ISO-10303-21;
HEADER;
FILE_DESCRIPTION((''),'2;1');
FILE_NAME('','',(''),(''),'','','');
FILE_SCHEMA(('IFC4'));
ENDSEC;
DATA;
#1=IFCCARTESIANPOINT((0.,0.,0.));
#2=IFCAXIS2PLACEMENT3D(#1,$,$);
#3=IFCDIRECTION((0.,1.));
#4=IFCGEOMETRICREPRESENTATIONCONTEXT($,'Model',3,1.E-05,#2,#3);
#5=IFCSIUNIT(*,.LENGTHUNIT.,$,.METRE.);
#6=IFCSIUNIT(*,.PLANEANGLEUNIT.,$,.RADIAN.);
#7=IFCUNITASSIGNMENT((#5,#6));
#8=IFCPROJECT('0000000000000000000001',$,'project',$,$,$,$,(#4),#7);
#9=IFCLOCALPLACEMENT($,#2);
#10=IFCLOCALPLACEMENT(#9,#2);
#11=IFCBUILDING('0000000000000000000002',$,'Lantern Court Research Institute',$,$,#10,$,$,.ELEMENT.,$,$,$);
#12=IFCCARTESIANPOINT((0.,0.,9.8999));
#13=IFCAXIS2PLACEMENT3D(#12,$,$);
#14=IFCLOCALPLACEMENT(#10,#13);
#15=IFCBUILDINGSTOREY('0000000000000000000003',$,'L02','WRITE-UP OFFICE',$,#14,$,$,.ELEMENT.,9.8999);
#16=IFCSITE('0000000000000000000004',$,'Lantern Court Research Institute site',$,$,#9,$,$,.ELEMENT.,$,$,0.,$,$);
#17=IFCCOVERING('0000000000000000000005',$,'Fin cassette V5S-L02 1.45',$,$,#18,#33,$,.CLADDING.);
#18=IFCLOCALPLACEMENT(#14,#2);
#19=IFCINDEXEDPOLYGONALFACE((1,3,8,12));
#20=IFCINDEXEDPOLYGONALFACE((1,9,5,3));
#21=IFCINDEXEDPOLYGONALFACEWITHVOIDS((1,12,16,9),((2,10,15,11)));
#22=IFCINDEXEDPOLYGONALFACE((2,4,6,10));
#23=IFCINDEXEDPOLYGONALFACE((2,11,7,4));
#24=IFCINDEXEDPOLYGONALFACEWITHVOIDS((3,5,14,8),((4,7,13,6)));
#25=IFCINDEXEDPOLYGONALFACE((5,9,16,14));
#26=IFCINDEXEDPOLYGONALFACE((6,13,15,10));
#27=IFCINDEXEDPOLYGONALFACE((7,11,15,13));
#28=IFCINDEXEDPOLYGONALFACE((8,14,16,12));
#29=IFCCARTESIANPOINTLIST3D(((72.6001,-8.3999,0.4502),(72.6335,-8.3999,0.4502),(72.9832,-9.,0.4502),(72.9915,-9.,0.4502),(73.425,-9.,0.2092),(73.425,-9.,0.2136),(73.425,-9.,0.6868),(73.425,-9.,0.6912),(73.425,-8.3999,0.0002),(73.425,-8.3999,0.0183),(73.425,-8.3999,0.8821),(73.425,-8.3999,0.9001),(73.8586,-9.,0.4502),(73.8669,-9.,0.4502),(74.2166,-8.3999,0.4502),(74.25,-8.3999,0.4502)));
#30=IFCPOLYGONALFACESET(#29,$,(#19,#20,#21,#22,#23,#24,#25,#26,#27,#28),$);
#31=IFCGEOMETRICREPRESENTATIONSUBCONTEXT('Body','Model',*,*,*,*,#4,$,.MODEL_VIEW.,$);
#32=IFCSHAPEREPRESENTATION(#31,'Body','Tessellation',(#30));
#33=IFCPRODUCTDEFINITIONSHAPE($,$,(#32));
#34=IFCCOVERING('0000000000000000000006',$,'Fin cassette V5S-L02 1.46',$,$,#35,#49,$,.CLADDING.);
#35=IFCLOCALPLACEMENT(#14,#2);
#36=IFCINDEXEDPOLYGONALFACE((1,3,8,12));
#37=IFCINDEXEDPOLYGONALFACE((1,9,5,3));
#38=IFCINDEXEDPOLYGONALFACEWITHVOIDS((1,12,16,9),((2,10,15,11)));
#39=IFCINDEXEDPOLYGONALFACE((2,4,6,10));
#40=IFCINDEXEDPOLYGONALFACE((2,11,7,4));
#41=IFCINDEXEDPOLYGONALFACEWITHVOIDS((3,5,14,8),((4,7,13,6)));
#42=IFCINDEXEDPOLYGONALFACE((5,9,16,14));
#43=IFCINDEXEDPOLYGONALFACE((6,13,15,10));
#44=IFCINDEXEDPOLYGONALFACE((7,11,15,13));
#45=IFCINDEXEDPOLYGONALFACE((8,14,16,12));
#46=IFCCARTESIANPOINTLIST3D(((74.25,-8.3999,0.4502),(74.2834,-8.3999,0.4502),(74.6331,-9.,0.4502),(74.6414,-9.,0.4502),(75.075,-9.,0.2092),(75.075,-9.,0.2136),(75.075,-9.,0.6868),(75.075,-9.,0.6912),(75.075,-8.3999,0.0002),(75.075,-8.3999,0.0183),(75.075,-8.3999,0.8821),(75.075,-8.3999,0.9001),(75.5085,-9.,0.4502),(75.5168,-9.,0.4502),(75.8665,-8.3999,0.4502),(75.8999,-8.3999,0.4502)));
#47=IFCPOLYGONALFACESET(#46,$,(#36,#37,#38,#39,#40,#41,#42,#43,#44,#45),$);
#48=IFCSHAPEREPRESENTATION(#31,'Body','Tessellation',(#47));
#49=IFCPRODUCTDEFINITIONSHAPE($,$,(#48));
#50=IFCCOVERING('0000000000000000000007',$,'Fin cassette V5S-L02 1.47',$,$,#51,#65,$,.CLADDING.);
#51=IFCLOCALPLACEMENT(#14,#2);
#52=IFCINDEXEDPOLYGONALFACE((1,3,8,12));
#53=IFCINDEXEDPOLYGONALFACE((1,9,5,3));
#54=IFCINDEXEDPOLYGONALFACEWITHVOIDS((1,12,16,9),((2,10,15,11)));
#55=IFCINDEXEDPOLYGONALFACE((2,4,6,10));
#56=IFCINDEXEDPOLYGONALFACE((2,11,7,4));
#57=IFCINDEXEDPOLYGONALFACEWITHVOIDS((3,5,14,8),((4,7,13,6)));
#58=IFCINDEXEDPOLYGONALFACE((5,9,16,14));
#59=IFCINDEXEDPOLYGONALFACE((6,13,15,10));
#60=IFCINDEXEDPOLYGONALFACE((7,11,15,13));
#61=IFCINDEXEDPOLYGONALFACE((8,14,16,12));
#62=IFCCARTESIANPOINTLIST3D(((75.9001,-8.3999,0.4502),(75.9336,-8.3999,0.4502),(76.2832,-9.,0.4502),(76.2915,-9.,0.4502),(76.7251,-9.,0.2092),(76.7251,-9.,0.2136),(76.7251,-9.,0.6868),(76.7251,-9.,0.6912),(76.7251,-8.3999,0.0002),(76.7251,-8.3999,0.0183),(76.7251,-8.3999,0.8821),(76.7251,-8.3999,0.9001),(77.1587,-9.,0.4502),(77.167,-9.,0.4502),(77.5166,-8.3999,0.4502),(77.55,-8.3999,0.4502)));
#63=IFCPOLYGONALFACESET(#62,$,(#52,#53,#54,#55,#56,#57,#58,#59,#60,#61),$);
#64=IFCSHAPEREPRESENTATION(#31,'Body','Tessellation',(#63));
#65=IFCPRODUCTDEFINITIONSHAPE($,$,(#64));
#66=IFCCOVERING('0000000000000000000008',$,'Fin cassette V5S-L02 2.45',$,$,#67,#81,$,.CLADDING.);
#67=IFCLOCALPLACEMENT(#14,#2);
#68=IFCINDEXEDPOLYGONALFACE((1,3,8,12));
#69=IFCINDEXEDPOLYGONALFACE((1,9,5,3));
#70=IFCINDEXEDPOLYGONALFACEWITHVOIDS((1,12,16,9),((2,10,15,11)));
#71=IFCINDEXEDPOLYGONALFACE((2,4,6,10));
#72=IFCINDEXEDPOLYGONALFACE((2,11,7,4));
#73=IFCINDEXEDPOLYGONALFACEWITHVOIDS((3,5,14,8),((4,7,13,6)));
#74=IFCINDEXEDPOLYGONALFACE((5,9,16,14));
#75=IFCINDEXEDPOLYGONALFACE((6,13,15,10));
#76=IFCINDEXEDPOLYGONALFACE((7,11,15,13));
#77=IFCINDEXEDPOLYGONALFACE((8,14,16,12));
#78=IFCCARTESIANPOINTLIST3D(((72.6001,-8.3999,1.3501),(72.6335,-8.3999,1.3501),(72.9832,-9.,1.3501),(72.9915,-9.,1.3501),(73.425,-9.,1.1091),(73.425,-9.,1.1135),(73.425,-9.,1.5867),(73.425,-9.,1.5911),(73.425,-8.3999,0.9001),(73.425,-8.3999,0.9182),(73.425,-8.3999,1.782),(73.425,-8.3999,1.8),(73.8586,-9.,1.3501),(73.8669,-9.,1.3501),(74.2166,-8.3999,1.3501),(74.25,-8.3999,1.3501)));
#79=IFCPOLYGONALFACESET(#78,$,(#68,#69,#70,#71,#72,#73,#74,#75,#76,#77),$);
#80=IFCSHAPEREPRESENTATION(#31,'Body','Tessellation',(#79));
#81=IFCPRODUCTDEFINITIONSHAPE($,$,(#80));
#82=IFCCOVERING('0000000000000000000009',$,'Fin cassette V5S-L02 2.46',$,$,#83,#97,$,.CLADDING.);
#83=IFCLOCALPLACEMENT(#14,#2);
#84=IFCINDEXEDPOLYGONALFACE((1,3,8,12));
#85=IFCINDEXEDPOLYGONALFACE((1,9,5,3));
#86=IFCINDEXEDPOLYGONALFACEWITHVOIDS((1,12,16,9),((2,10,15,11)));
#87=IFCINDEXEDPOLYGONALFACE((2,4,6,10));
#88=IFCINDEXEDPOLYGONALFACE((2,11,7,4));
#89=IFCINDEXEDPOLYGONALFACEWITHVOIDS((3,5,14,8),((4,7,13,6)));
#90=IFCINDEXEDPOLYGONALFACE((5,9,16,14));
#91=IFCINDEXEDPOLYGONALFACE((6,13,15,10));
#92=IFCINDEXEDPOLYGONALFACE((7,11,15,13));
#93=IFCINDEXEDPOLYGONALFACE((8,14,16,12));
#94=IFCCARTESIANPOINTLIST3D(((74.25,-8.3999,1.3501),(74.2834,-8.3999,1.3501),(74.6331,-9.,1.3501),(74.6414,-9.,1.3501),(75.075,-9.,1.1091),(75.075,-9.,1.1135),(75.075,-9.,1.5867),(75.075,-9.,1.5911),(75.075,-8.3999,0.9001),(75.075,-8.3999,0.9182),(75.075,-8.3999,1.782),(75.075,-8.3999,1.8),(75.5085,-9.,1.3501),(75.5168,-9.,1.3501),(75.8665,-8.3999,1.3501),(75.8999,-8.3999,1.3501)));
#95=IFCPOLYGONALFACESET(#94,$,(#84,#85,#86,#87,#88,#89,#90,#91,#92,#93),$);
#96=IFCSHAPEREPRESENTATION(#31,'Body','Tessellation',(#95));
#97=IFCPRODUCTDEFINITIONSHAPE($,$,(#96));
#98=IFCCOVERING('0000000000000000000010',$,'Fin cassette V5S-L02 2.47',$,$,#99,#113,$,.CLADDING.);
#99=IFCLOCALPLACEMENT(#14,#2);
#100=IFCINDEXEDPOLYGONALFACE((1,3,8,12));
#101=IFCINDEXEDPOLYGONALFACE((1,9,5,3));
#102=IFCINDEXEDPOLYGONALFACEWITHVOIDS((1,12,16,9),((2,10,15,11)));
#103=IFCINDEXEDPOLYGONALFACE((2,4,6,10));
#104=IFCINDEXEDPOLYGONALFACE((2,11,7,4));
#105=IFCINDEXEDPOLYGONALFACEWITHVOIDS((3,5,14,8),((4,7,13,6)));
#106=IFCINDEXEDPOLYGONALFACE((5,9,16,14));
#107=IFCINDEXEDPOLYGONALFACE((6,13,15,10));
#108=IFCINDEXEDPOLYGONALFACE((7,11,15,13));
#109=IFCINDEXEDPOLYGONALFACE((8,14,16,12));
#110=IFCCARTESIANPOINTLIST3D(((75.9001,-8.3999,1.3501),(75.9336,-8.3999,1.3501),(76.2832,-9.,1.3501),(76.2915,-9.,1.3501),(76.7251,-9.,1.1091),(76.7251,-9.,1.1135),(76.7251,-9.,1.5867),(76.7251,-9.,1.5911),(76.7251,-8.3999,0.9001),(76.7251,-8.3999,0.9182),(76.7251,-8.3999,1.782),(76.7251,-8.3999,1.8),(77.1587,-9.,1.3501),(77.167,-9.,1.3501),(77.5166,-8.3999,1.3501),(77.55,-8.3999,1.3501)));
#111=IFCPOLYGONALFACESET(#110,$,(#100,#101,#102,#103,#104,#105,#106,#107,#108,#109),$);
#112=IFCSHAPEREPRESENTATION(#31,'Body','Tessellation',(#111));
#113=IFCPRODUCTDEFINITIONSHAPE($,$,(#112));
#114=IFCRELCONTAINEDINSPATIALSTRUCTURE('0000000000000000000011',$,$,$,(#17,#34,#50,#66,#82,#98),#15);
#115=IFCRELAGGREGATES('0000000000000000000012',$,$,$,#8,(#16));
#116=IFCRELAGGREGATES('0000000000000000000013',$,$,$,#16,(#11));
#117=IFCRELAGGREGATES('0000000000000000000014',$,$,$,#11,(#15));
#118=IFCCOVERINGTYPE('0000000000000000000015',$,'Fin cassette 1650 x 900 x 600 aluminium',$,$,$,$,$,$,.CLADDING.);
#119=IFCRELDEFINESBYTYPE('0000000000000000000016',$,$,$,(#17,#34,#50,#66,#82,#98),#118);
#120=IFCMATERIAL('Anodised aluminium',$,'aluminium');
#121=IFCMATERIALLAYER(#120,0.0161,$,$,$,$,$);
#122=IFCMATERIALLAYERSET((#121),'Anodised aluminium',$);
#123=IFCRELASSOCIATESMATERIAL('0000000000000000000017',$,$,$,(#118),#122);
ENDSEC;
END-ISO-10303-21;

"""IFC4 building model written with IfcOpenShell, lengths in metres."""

from ifc_helpers import new_model, entity, si_unit, direction, frame, origin, place, context, subcontext, project, spatial, material, layer, layer_set, type_object, element, save


model = new_model("IFC4")

# Units and contexts
model_context = context("Model", 3, precision=1e-05, world=origin(), true_north=direction((0.0, 1.0)))
body_context = subcontext(model_context, "Body", "Model", "MODEL_VIEW")
ifc_project = project(units=[si_unit("LENGTHUNIT", "METRE"), si_unit("PLANEANGLEUNIT", "RADIAN")], contexts=[model_context])

# Site, building, storey
site_placement = place(None, origin())
site = spatial("IfcSite", under=ifc_project, at=site_placement, Name="Lantern Court Research Institute site", CompositionType="ELEMENT", RefElevation=0.0)
building_placement = place(site_placement, origin())
building = spatial("IfcBuilding", under=site, at=building_placement, Name="Lantern Court Research Institute", CompositionType="ELEMENT")
storey_placement = place(building_placement, frame((0.0, 0.0, 9.8999)))
storey = spatial("IfcBuildingStorey", under=building, at=storey_placement, Name="L02", Description="WRITE-UP OFFICE", CompositionType="ELEMENT", Elevation=9.8999)

# Coverings
ifc_material_1 = material(Name="Anodised aluminium", Category="aluminium")
ifc_layer_1 = layer(ifc_material_1, 0.0161)
ifc_layer_set_1 = layer_set([ifc_layer_1], Name="Anodised aluminium")
covering_type = type_object("IfcCoveringType", Name="Fin cassette 1650 x 900 x 600 aluminium", PredefinedType="CLADDING", material=ifc_layer_set_1)
covering_1_placement = place(storey_placement, frame((73.425, -8.3999, 0.4502), z_axis=(0.0, -1.0, 0.0), x_axis=(1.0, 0.0, 0.0)))
cartesian_point_1 = entity("IfcCartesianPoint", [0.825, 0.0])
cartesian_point_2 = entity("IfcCartesianPoint", [0.7915, 0.0])
cartesian_point_3 = entity("IfcCartesianPoint", [0.4419, 0.0])
cartesian_point_4 = entity("IfcCartesianPoint", [0.4336, 0.0])
element("IfcCovering", 1, at=covering_1_placement, inside=storey, type_object=covering_type, Name="Fin cassette V5S-L02 1.45", PredefinedType="CLADDING", context=body_context, shape_type="SweptSolid", body=[
    entity("IfcExtrudedAreaSolidTapered", entity("IfcArbitraryProfileDefWithVoids", "AREA", None, entity("IfcPolyline", [cartesian_point_1, entity("IfcCartesianPoint", [0.0, 0.45]), entity("IfcCartesianPoint", [-0.825, 0.0]), entity("IfcCartesianPoint", [0.0, -0.45]), cartesian_point_1]), [entity("IfcPolyline", [cartesian_point_2, entity("IfcCartesianPoint", [0.0, 0.4319]), entity("IfcCartesianPoint", [-0.7915, 0.0]), entity("IfcCartesianPoint", [0.0, -0.4319]), cartesian_point_2])]), entity("IfcAxis2Placement3D", entity("IfcCartesianPoint", [0.0, 0.0, 0.0])), entity("IfcDirection", [0.0, 0.0, 1.0]), 0.6001, entity("IfcArbitraryProfileDefWithVoids", "AREA", None, entity("IfcPolyline", [cartesian_point_3, entity("IfcCartesianPoint", [0.0, 0.241]), entity("IfcCartesianPoint", [-0.4419, 0.0]), entity("IfcCartesianPoint", [0.0, -0.241]), cartesian_point_3]), [entity("IfcPolyline", [cartesian_point_4, entity("IfcCartesianPoint", [0.0, 0.2366]), entity("IfcCartesianPoint", [-0.4336, 0.0]), entity("IfcCartesianPoint", [0.0, -0.2366]), cartesian_point_4])])),
])
covering_2_placement = place(storey_placement, frame((75.075, -8.3999, 0.4502), z_axis=(0.0, -1.0, 0.0), x_axis=(1.0, 0.0, 0.0)))
cartesian_point_5 = entity("IfcCartesianPoint", [0.825, 0.0])
cartesian_point_6 = entity("IfcCartesianPoint", [0.7915, 0.0])
cartesian_point_7 = entity("IfcCartesianPoint", [0.4419, 0.0])
cartesian_point_8 = entity("IfcCartesianPoint", [0.4336, 0.0])
element("IfcCovering", 2, at=covering_2_placement, inside=storey, type_object=covering_type, Name="Fin cassette V5S-L02 1.46", PredefinedType="CLADDING", context=body_context, shape_type="SweptSolid", body=[
    entity("IfcExtrudedAreaSolidTapered", entity("IfcArbitraryProfileDefWithVoids", "AREA", None, entity("IfcPolyline", [cartesian_point_5, entity("IfcCartesianPoint", [0.0, 0.45]), entity("IfcCartesianPoint", [-0.825, 0.0]), entity("IfcCartesianPoint", [0.0, -0.45]), cartesian_point_5]), [entity("IfcPolyline", [cartesian_point_6, entity("IfcCartesianPoint", [0.0, 0.4319]), entity("IfcCartesianPoint", [-0.7915, 0.0]), entity("IfcCartesianPoint", [0.0, -0.4319]), cartesian_point_6])]), entity("IfcAxis2Placement3D", entity("IfcCartesianPoint", [0.0, 0.0, 0.0])), entity("IfcDirection", [0.0, 0.0, 1.0]), 0.6001, entity("IfcArbitraryProfileDefWithVoids", "AREA", None, entity("IfcPolyline", [cartesian_point_7, entity("IfcCartesianPoint", [0.0, 0.241]), entity("IfcCartesianPoint", [-0.4419, 0.0]), entity("IfcCartesianPoint", [0.0, -0.241]), cartesian_point_7]), [entity("IfcPolyline", [cartesian_point_8, entity("IfcCartesianPoint", [0.0, 0.2366]), entity("IfcCartesianPoint", [-0.4336, 0.0]), entity("IfcCartesianPoint", [0.0, -0.2366]), cartesian_point_8])])),
])
covering_3_placement = place(storey_placement, frame((76.7251, -8.3999, 0.4502), z_axis=(0.0, -1.0, 0.0), x_axis=(1.0, 0.0, 0.0)))
cartesian_point_9 = entity("IfcCartesianPoint", [0.825, 0.0])
cartesian_point_10 = entity("IfcCartesianPoint", [0.7915, 0.0])
cartesian_point_11 = entity("IfcCartesianPoint", [0.4419, 0.0])
cartesian_point_12 = entity("IfcCartesianPoint", [0.4336, 0.0])
element("IfcCovering", 3, at=covering_3_placement, inside=storey, type_object=covering_type, Name="Fin cassette V5S-L02 1.47", PredefinedType="CLADDING", context=body_context, shape_type="SweptSolid", body=[
    entity("IfcExtrudedAreaSolidTapered", entity("IfcArbitraryProfileDefWithVoids", "AREA", None, entity("IfcPolyline", [cartesian_point_9, entity("IfcCartesianPoint", [0.0, 0.45]), entity("IfcCartesianPoint", [-0.825, 0.0]), entity("IfcCartesianPoint", [0.0, -0.45]), cartesian_point_9]), [entity("IfcPolyline", [cartesian_point_10, entity("IfcCartesianPoint", [0.0, 0.4319]), entity("IfcCartesianPoint", [-0.7915, 0.0]), entity("IfcCartesianPoint", [0.0, -0.4319]), cartesian_point_10])]), entity("IfcAxis2Placement3D", entity("IfcCartesianPoint", [0.0, 0.0, 0.0])), entity("IfcDirection", [0.0, 0.0, 1.0]), 0.6001, entity("IfcArbitraryProfileDefWithVoids", "AREA", None, entity("IfcPolyline", [cartesian_point_11, entity("IfcCartesianPoint", [0.0, 0.241]), entity("IfcCartesianPoint", [-0.4419, 0.0]), entity("IfcCartesianPoint", [0.0, -0.241]), cartesian_point_11]), [entity("IfcPolyline", [cartesian_point_12, entity("IfcCartesianPoint", [0.0, 0.2366]), entity("IfcCartesianPoint", [-0.4336, 0.0]), entity("IfcCartesianPoint", [0.0, -0.2366]), cartesian_point_12])])),
])
covering_4_placement = place(storey_placement, frame((73.425, -8.3999, 1.3501), z_axis=(0.0, -1.0, 0.0), x_axis=(1.0, 0.0, 0.0)))
cartesian_point_13 = entity("IfcCartesianPoint", [0.825, 0.0])
cartesian_point_14 = entity("IfcCartesianPoint", [0.7915, 0.0])
cartesian_point_15 = entity("IfcCartesianPoint", [0.4419, 0.0])
cartesian_point_16 = entity("IfcCartesianPoint", [0.4336, 0.0])
element("IfcCovering", 4, at=covering_4_placement, inside=storey, type_object=covering_type, Name="Fin cassette V5S-L02 2.45", PredefinedType="CLADDING", context=body_context, shape_type="SweptSolid", body=[
    entity("IfcExtrudedAreaSolidTapered", entity("IfcArbitraryProfileDefWithVoids", "AREA", None, entity("IfcPolyline", [cartesian_point_13, entity("IfcCartesianPoint", [0.0, 0.45]), entity("IfcCartesianPoint", [-0.825, 0.0]), entity("IfcCartesianPoint", [0.0, -0.45]), cartesian_point_13]), [entity("IfcPolyline", [cartesian_point_14, entity("IfcCartesianPoint", [0.0, 0.4319]), entity("IfcCartesianPoint", [-0.7915, 0.0]), entity("IfcCartesianPoint", [0.0, -0.4319]), cartesian_point_14])]), entity("IfcAxis2Placement3D", entity("IfcCartesianPoint", [0.0, 0.0, 0.0])), entity("IfcDirection", [0.0, 0.0, 1.0]), 0.6001, entity("IfcArbitraryProfileDefWithVoids", "AREA", None, entity("IfcPolyline", [cartesian_point_15, entity("IfcCartesianPoint", [0.0, 0.241]), entity("IfcCartesianPoint", [-0.4419, 0.0]), entity("IfcCartesianPoint", [0.0, -0.241]), cartesian_point_15]), [entity("IfcPolyline", [cartesian_point_16, entity("IfcCartesianPoint", [0.0, 0.2366]), entity("IfcCartesianPoint", [-0.4336, 0.0]), entity("IfcCartesianPoint", [0.0, -0.2366]), cartesian_point_16])])),
])
covering_5_placement = place(storey_placement, frame((75.075, -8.3999, 1.3501), z_axis=(0.0, -1.0, 0.0), x_axis=(1.0, 0.0, 0.0)))
cartesian_point_17 = entity("IfcCartesianPoint", [0.825, 0.0])
cartesian_point_18 = entity("IfcCartesianPoint", [0.7915, 0.0])
cartesian_point_19 = entity("IfcCartesianPoint", [0.4419, 0.0])
cartesian_point_20 = entity("IfcCartesianPoint", [0.4336, 0.0])
element("IfcCovering", 5, at=covering_5_placement, inside=storey, type_object=covering_type, Name="Fin cassette V5S-L02 2.46", PredefinedType="CLADDING", context=body_context, shape_type="SweptSolid", body=[
    entity("IfcExtrudedAreaSolidTapered", entity("IfcArbitraryProfileDefWithVoids", "AREA", None, entity("IfcPolyline", [cartesian_point_17, entity("IfcCartesianPoint", [0.0, 0.45]), entity("IfcCartesianPoint", [-0.825, 0.0]), entity("IfcCartesianPoint", [0.0, -0.45]), cartesian_point_17]), [entity("IfcPolyline", [cartesian_point_18, entity("IfcCartesianPoint", [0.0, 0.4319]), entity("IfcCartesianPoint", [-0.7915, 0.0]), entity("IfcCartesianPoint", [0.0, -0.4319]), cartesian_point_18])]), entity("IfcAxis2Placement3D", entity("IfcCartesianPoint", [0.0, 0.0, 0.0])), entity("IfcDirection", [0.0, 0.0, 1.0]), 0.6001, entity("IfcArbitraryProfileDefWithVoids", "AREA", None, entity("IfcPolyline", [cartesian_point_19, entity("IfcCartesianPoint", [0.0, 0.241]), entity("IfcCartesianPoint", [-0.4419, 0.0]), entity("IfcCartesianPoint", [0.0, -0.241]), cartesian_point_19]), [entity("IfcPolyline", [cartesian_point_20, entity("IfcCartesianPoint", [0.0, 0.2366]), entity("IfcCartesianPoint", [-0.4336, 0.0]), entity("IfcCartesianPoint", [0.0, -0.2366]), cartesian_point_20])])),
])
covering_6_placement = place(storey_placement, frame((76.7251, -8.3999, 1.3501), z_axis=(0.0, -1.0, 0.0), x_axis=(1.0, 0.0, 0.0)))
cartesian_point_21 = entity("IfcCartesianPoint", [0.825, 0.0])
cartesian_point_22 = entity("IfcCartesianPoint", [0.7915, 0.0])
cartesian_point_23 = entity("IfcCartesianPoint", [0.4419, 0.0])
cartesian_point_24 = entity("IfcCartesianPoint", [0.4336, 0.0])
element("IfcCovering", 6, at=covering_6_placement, inside=storey, type_object=covering_type, Name="Fin cassette V5S-L02 2.47", PredefinedType="CLADDING", context=body_context, shape_type="SweptSolid", body=[
    entity("IfcExtrudedAreaSolidTapered", entity("IfcArbitraryProfileDefWithVoids", "AREA", None, entity("IfcPolyline", [cartesian_point_21, entity("IfcCartesianPoint", [0.0, 0.45]), entity("IfcCartesianPoint", [-0.825, 0.0]), entity("IfcCartesianPoint", [0.0, -0.45]), cartesian_point_21]), [entity("IfcPolyline", [cartesian_point_22, entity("IfcCartesianPoint", [0.0, 0.4319]), entity("IfcCartesianPoint", [-0.7915, 0.0]), entity("IfcCartesianPoint", [0.0, -0.4319]), cartesian_point_22])]), entity("IfcAxis2Placement3D", entity("IfcCartesianPoint", [0.0, 0.0, 0.0])), entity("IfcDirection", [0.0, 0.0, 1.0]), 0.6001, entity("IfcArbitraryProfileDefWithVoids", "AREA", None, entity("IfcPolyline", [cartesian_point_23, entity("IfcCartesianPoint", [0.0, 0.241]), entity("IfcCartesianPoint", [-0.4419, 0.0]), entity("IfcCartesianPoint", [0.0, -0.241]), cartesian_point_23]), [entity("IfcPolyline", [cartesian_point_24, entity("IfcCartesianPoint", [0.0, 0.2366]), entity("IfcCartesianPoint", [-0.4336, 0.0]), entity("IfcCartesianPoint", [0.0, -0.2366]), cartesian_point_24])])),
])

save(model, "model.ifc")
